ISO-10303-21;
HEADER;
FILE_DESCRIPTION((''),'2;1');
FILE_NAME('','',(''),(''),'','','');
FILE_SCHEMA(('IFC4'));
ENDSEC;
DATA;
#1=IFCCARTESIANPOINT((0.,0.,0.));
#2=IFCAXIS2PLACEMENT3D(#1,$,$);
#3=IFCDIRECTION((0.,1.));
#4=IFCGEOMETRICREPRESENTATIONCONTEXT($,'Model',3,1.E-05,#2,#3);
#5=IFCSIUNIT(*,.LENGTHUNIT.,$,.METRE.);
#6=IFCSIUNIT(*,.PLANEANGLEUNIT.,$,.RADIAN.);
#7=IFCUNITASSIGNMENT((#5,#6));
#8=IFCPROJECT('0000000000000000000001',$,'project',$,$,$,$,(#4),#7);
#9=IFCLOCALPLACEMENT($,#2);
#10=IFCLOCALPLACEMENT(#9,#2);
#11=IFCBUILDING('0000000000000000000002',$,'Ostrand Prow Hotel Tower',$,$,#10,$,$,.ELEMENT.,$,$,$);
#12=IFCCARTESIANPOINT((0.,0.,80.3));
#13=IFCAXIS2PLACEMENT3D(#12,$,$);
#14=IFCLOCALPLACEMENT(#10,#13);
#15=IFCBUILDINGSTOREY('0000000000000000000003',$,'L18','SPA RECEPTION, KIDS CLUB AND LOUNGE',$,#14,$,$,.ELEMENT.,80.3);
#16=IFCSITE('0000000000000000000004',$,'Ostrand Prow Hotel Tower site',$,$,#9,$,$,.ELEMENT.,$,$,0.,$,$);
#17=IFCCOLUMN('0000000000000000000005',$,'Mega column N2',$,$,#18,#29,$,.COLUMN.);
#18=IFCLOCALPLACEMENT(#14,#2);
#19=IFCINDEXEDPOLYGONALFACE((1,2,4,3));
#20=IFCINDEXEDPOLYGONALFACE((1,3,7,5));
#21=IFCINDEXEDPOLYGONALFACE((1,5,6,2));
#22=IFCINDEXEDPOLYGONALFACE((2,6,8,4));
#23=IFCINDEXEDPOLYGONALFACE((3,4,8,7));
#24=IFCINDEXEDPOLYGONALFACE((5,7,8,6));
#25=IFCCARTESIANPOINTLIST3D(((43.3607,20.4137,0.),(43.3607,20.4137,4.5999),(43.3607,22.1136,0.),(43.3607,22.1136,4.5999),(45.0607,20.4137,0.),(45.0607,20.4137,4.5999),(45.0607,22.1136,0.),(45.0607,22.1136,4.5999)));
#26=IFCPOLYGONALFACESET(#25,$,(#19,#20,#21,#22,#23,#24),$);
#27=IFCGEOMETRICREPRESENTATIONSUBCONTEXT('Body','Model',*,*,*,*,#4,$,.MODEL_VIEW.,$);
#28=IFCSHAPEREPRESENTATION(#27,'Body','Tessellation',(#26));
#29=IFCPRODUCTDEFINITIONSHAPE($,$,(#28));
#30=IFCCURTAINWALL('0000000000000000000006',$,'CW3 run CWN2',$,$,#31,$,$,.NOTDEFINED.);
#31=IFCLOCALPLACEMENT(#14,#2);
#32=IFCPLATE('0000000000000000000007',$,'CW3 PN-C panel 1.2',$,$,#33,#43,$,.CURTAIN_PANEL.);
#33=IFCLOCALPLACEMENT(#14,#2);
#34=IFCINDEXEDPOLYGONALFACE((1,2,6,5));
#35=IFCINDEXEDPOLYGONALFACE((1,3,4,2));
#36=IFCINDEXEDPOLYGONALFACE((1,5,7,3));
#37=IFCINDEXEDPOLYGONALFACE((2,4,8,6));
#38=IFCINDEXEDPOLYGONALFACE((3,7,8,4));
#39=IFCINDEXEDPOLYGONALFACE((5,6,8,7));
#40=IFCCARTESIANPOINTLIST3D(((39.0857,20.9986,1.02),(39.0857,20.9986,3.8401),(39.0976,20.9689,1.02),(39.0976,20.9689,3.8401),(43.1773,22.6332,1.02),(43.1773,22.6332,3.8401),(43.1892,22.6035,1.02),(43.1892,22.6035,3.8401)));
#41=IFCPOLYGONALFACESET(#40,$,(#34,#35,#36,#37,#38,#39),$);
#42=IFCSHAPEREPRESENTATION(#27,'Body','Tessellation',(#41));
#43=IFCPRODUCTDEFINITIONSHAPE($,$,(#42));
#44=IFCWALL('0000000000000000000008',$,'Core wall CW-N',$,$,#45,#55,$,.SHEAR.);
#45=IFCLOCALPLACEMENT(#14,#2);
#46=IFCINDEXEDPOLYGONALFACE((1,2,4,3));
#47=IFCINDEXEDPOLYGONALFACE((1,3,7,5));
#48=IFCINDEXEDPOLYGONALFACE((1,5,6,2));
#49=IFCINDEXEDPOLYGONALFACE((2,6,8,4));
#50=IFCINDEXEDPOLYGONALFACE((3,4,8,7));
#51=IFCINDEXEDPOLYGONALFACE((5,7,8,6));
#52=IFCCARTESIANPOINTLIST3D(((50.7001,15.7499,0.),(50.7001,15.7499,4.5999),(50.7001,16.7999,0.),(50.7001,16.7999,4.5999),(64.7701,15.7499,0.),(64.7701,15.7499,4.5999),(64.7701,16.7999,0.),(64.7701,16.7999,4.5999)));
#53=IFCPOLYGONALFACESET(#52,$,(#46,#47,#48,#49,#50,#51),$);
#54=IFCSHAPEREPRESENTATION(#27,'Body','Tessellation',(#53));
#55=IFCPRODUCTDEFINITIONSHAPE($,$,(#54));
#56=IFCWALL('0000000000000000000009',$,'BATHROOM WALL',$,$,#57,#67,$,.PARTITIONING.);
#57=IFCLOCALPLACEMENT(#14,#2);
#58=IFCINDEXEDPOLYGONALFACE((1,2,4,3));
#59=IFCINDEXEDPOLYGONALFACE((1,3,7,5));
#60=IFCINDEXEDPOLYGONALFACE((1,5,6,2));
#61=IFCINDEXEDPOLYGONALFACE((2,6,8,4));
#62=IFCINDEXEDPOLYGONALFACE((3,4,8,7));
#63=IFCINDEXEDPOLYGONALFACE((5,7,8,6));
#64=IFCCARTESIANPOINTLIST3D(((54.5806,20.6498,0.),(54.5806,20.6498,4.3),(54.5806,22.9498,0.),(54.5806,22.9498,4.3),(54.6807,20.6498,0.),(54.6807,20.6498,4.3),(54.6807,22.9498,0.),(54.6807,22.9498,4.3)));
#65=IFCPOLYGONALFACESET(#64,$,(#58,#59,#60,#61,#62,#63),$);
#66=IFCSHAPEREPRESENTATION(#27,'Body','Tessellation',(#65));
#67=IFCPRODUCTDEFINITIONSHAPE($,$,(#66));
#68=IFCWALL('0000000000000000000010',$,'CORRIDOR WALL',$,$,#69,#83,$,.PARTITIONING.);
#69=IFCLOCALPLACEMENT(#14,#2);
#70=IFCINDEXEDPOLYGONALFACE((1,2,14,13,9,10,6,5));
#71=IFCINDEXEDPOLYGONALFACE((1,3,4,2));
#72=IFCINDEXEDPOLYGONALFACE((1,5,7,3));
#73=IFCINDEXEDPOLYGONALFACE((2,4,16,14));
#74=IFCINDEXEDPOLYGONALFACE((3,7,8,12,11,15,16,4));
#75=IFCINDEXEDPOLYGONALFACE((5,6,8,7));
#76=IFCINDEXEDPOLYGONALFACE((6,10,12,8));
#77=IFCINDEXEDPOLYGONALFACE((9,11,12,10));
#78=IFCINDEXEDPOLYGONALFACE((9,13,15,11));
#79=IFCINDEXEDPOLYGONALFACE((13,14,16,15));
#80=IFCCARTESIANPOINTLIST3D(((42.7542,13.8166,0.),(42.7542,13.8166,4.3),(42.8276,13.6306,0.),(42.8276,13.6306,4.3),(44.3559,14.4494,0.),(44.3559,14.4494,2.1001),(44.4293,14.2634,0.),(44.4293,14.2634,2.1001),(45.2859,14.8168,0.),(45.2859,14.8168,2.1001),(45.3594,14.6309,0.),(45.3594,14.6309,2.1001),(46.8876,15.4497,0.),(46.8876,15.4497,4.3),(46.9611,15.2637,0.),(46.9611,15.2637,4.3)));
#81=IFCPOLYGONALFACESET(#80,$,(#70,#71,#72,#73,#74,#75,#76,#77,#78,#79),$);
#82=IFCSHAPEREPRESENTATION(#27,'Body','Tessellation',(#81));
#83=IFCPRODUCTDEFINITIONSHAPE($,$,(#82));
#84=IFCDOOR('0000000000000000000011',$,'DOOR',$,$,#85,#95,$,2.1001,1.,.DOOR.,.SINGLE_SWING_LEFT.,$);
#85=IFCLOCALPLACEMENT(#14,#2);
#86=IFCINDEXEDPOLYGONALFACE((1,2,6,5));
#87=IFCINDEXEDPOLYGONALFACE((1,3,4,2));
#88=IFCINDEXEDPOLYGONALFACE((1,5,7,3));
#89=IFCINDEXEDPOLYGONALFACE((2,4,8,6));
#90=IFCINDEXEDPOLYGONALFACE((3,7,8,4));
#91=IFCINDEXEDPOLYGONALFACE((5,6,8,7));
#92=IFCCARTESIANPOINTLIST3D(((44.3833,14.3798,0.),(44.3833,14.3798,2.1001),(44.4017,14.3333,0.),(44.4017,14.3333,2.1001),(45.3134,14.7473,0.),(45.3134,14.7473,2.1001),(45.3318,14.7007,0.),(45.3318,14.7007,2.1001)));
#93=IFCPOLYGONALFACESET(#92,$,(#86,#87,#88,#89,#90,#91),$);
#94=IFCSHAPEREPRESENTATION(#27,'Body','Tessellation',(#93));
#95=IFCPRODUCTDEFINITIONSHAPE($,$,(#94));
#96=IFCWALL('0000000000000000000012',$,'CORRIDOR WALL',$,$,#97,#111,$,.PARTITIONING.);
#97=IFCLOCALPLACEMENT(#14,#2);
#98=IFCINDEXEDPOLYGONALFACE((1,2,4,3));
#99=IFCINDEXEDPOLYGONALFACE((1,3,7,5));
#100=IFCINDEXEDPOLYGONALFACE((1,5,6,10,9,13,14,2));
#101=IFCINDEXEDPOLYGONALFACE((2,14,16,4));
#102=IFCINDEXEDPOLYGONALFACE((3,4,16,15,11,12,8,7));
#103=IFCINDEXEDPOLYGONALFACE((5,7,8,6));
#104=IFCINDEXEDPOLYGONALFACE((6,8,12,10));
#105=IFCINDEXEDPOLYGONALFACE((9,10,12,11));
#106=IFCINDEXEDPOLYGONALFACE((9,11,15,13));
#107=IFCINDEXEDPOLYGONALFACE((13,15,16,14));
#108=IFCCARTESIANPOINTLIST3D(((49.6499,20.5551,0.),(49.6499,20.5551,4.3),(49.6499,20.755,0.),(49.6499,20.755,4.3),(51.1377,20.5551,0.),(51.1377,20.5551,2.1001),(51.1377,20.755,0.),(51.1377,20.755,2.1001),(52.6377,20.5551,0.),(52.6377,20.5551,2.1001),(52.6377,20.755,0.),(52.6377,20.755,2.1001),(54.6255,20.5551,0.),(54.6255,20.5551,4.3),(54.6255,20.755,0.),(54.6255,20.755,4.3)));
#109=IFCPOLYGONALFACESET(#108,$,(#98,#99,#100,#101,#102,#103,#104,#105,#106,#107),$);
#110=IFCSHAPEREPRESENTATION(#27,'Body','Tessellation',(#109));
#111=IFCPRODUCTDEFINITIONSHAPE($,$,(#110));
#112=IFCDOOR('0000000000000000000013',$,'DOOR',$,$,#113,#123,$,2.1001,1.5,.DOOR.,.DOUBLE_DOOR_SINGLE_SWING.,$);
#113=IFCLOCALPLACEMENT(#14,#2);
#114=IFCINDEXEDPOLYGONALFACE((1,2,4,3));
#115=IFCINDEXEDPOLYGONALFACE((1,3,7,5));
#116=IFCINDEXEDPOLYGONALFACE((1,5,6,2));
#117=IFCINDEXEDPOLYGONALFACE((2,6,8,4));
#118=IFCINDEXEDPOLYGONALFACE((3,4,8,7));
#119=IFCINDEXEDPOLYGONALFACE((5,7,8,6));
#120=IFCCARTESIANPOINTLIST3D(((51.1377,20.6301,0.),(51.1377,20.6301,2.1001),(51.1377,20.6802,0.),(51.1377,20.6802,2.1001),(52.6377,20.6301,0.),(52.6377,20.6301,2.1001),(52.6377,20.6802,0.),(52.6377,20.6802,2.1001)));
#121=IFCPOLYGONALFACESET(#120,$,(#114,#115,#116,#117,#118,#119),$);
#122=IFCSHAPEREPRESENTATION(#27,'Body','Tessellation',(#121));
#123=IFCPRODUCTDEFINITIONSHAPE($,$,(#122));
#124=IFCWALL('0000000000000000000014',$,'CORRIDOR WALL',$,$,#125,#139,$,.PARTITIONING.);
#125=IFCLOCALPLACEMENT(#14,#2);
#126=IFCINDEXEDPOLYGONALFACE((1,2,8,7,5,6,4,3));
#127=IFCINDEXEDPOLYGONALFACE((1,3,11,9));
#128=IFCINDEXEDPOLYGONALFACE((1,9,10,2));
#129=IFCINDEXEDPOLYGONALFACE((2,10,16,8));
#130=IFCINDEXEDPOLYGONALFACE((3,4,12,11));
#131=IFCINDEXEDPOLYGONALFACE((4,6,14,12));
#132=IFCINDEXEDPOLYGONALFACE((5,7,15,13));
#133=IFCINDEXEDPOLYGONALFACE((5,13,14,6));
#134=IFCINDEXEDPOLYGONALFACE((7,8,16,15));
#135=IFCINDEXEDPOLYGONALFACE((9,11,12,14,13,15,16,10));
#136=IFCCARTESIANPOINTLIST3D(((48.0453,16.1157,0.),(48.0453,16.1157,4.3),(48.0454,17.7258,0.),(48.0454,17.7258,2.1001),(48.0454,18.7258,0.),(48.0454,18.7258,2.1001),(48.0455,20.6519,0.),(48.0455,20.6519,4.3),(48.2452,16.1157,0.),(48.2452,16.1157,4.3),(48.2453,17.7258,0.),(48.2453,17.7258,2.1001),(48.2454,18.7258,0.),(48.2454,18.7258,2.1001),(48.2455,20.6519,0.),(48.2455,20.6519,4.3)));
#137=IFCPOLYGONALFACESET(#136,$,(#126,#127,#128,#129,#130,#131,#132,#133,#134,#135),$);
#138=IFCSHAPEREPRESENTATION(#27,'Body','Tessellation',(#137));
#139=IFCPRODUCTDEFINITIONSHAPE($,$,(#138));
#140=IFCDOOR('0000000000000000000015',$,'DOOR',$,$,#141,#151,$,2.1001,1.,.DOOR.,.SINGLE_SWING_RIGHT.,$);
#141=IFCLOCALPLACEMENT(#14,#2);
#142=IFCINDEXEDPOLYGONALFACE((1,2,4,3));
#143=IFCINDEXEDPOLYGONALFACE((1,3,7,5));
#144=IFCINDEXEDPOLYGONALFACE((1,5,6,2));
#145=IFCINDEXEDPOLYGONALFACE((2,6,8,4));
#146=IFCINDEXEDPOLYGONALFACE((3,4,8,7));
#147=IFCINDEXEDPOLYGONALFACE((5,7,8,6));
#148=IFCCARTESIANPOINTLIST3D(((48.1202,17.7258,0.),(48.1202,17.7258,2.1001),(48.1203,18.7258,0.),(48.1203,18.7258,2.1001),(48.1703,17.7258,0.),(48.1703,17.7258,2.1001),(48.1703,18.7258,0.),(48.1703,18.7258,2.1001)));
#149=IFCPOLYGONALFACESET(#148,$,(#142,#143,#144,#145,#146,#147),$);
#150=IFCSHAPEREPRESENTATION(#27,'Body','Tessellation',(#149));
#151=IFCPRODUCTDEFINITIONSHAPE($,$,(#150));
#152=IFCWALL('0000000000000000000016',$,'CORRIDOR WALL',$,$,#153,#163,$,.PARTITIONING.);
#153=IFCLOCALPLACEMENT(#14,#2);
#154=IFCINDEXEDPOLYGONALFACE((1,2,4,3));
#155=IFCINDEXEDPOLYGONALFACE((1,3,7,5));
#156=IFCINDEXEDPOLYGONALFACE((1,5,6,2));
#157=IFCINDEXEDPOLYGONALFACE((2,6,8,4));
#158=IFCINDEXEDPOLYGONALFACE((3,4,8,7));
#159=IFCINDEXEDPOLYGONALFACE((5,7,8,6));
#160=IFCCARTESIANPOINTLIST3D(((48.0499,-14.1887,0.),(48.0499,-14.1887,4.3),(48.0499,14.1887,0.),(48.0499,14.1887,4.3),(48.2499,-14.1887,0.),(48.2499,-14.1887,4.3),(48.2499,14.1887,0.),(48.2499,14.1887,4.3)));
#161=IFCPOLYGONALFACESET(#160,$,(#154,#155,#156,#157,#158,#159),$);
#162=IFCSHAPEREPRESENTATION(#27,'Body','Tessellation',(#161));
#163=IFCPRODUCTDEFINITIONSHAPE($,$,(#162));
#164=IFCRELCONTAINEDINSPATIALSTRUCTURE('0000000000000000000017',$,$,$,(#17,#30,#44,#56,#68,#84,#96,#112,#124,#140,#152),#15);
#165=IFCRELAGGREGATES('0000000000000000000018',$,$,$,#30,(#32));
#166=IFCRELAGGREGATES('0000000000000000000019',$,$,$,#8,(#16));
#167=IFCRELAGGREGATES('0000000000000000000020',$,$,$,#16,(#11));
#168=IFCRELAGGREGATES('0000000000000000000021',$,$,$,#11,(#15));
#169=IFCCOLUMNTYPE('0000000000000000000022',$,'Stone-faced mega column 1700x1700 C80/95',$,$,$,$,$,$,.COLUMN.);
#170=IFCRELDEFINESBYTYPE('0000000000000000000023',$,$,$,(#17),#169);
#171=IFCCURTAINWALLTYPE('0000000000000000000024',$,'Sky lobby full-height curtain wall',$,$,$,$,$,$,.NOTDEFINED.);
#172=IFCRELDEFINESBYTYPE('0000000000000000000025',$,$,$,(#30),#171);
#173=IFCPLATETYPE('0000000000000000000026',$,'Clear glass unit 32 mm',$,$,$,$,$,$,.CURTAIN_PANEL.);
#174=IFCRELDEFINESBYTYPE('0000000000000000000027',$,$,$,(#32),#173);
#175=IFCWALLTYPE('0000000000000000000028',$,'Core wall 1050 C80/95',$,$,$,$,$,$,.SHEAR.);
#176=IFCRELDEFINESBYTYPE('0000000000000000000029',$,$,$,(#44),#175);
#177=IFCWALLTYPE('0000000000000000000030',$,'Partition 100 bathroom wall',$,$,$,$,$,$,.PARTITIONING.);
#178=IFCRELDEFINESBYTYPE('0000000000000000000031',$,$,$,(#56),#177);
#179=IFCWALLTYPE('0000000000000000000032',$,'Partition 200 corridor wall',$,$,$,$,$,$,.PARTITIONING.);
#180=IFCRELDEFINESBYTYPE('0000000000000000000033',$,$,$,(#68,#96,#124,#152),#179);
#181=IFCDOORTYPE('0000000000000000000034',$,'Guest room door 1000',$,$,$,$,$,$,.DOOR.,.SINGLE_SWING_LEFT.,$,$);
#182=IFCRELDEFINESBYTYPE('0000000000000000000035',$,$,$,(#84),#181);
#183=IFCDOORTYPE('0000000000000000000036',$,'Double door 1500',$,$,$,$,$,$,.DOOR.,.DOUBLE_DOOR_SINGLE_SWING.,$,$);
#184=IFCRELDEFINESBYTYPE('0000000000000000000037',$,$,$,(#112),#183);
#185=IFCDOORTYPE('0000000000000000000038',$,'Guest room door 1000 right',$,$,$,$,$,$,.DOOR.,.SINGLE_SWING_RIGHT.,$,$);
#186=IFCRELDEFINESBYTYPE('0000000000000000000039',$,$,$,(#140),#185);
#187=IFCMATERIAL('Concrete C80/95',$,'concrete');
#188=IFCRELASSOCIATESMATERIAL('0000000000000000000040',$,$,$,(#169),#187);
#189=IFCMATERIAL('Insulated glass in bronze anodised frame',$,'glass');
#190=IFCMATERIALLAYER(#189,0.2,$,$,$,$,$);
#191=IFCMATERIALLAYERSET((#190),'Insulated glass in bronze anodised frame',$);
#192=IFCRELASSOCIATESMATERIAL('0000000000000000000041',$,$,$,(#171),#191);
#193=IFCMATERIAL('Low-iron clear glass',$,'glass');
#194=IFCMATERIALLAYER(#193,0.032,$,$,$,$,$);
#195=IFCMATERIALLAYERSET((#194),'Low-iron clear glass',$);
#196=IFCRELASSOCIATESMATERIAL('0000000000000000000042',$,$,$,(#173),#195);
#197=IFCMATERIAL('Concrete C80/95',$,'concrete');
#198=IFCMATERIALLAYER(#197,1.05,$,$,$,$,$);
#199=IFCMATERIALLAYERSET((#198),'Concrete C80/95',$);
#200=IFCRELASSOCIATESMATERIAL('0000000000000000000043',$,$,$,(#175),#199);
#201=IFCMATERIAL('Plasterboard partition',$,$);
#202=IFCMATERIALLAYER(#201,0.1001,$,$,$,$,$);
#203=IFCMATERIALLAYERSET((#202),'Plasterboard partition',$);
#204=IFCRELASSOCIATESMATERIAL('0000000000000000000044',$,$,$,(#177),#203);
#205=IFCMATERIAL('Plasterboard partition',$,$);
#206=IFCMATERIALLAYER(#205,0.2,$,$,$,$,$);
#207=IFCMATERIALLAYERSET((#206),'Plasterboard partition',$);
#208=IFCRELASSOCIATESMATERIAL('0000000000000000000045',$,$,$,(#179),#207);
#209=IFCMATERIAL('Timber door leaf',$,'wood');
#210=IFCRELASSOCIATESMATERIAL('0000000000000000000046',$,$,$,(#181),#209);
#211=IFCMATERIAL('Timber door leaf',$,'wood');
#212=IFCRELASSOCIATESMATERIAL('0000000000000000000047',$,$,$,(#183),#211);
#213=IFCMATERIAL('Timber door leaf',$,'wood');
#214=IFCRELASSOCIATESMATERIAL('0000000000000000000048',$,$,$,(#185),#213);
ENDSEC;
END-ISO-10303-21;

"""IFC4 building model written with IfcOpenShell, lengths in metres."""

from ifc_helpers import new_model, si_unit, direction, frame, frame_2d, origin, origin_2d, place, context, subcontext, project, spatial, rectangle, extrude, material, layer, layer_set, material_profile, profile_set, type_object, element, fill, aggregate, save


model = new_model("IFC4")

# Units and contexts
model_context = context("Model", 3, precision=1e-05, world=origin(), true_north=direction((0.0, 1.0)))
body_context = subcontext(model_context, "Body", "Model", "MODEL_VIEW")
ifc_project = project(units=[si_unit("LENGTHUNIT", "METRE"), si_unit("PLANEANGLEUNIT", "RADIAN")], contexts=[model_context])

# Site, building, storey
site_placement = place(None, origin())
site = spatial("IfcSite", under=ifc_project, at=site_placement, Name="Ostrand Prow Hotel Tower site", CompositionType="ELEMENT", RefElevation=0.0)
building_placement = place(site_placement, origin())
building = spatial("IfcBuilding", under=site, at=building_placement, Name="Ostrand Prow Hotel Tower", CompositionType="ELEMENT")
storey_placement = place(building_placement, frame((0.0, 0.0, 80.3)))
storey = spatial("IfcBuildingStorey", under=building, at=storey_placement, Name="L18", Description="SPA RECEPTION, KIDS CLUB AND LOUNGE", CompositionType="ELEMENT", Elevation=80.3)

# Column
ifc_material_1 = material(Name="Concrete C80/95", Category="concrete")
ifc_material_profile = material_profile(ifc_material_1, rectangle(XDim=1.7, YDim=1.7, at=origin_2d()), Name="RC 1700x1700")
ifc_profile_set = profile_set([ifc_material_profile], Name="Concrete C80/95")
column_type = type_object("IfcColumnType", Name="Stone-faced mega column 1700x1700 C80/95", PredefinedType="COLUMN", material=ifc_profile_set)
column_placement = place(storey_placement, frame((44.2107, 21.2637, 0.0), z_axis=(0.0, 0.0, 1.0), x_axis=(1.0, 0.0, 0.0)))
element("IfcColumn", 1, at=column_placement, inside=storey, type_object=column_type, Name="Mega column N2", PredefinedType="COLUMN", context=body_context, shape_type="SweptSolid", body=[
    extrude(rectangle(XDim=1.7, YDim=1.7, at=origin_2d()), origin(), (0.0, 0.0, 1.0), 4.5999),
])

# Curtain wall, plate
ifc_material_2 = material(Name="Insulated glass in bronze anodised frame", Category="glass")
ifc_layer_1 = layer(ifc_material_2, 0.2)
ifc_layer_set_1 = layer_set([ifc_layer_1], Name="Insulated glass in bronze anodised frame")
curtain_wall_type = type_object("IfcCurtainWallType", Name="Sky lobby full-height curtain wall", PredefinedType="NOTDEFINED", material=ifc_layer_set_1)
curtain_wall_placement = place(storey_placement, origin())
curtain_wall = element("IfcCurtainWall", 2, at=curtain_wall_placement, inside=storey, type_object=curtain_wall_type, Name="CW3 run CWN2", PredefinedType="NOTDEFINED")
ifc_material_3 = material(Name="Low-iron clear glass", Category="glass")
ifc_layer_2 = layer(ifc_material_3, 0.032)
ifc_layer_set_2 = layer_set([ifc_layer_2], Name="Low-iron clear glass")
plate_type = type_object("IfcPlateType", Name="Clear glass unit 32 mm", PredefinedType="CURTAIN_PANEL", material=ifc_layer_set_2)
plate_placement = place(storey_placement, frame((41.1375, 21.801, 1.02), z_axis=(0.0, 0.0, 1.0), x_axis=(-0.92864, -0.370982, 0.0)))
plate = element("IfcPlate", 3, at=plate_placement, type_object=plate_type, Name="CW3 PN-C panel 1.2", PredefinedType="CURTAIN_PANEL", context=body_context, shape_type="SweptSolid", body=[
    extrude(rectangle(XDim=4.406, YDim=0.032, at=origin_2d()), origin(), (0.0, 0.0, 1.0), 2.8201),
])
aggregate(curtain_wall, [plate])

# Walls
ifc_material_4 = material(Name="Concrete C80/95", Category="concrete")
ifc_layer_3 = layer(ifc_material_4, 1.05)
ifc_layer_set_3 = layer_set([ifc_layer_3], Name="Concrete C80/95")
wall_type_1 = type_object("IfcWallType", Name="Core wall 1050 C80/95", PredefinedType="SHEAR", material=ifc_layer_set_3)
wall_1_placement = place(storey_placement, frame((50.7, 16.2749, 0.0), z_axis=(0.0, 0.0, 1.0), x_axis=(1.0, 0.0, 0.0)))
element("IfcWall", 4, at=wall_1_placement, inside=storey, type_object=wall_type_1, Name="Core wall CW-N", PredefinedType="SHEAR", context=body_context, shape_type="SweptSolid", body=[
    extrude(rectangle(XDim=14.0701, YDim=1.05, at=frame_2d((7.0352, 0.0))), origin(), (0.0, 0.0, 1.0), 4.5999),
])
ifc_material_5 = material(Name="Plasterboard partition")
ifc_layer_4 = layer(ifc_material_5, 0.1001)
ifc_layer_set_4 = layer_set([ifc_layer_4], Name="Plasterboard partition")
wall_type_2 = type_object("IfcWallType", Name="Partition 100 bathroom wall", PredefinedType="PARTITIONING", material=ifc_layer_set_4)
wall_2_placement = place(storey_placement, frame((54.6306, 20.6499, 0.0), z_axis=(0.0, 0.0, 1.0), x_axis=(0.0, 1.0, 0.0)))
element("IfcWall", 5, at=wall_2_placement, inside=storey, type_object=wall_type_2, Name="BATHROOM WALL", PredefinedType="PARTITIONING", context=body_context, shape_type="SweptSolid", body=[
    extrude(rectangle(XDim=2.3, YDim=0.1001, at=frame_2d((1.1499, 0.0))), origin(), (0.0, 0.0, 1.0), 4.3),
])

# Walls, openings, doors
ifc_material_6 = material(Name="Plasterboard partition")
ifc_layer_5 = layer(ifc_material_6, 0.2)
ifc_layer_set_5 = layer_set([ifc_layer_5], Name="Plasterboard partition")
wall_type_3 = type_object("IfcWallType", Name="Partition 200 corridor wall", PredefinedType="PARTITIONING", material=ifc_layer_set_5)
wall_3_placement = place(storey_placement, frame((46.9243, 15.3567, 0.0), z_axis=(0.0, 0.0, 1.0), x_axis=(-0.930041, -0.367457, 0.0)))
wall_3 = element("IfcWall", 6, at=wall_3_placement, inside=storey, type_object=wall_type_3, Name="CORRIDOR WALL", PredefinedType="PARTITIONING", context=body_context, shape_type="SweptSolid", body=[
    extrude(rectangle(XDim=4.4443, YDim=0.2, at=frame_2d((2.2222, 0.0))), origin(), (0.0, 0.0, 1.0), 4.3),
])
opening_1_placement = place(wall_3_placement, frame((1.7222, 0.0, 0.0)))
opening_1 = element("IfcOpeningElement", 7, at=opening_1_placement, cuts=wall_3, PredefinedType="OPENING", context=body_context, shape_type="SweptSolid", body=[
    extrude(rectangle(XDim=1.0, YDim=2.1001, at=frame_2d((0.5, 1.05))), frame((0.0, 0.1099, 0.0), z_axis=(0.0, -1.0, 0.0), x_axis=(1.0, 0.0, 0.0)), (0.0, 0.0, 1.0), 0.22),
])
ifc_material_7 = material(Name="Timber door leaf", Category="wood")
door_type_1 = type_object("IfcDoorType", Name="Guest room door 1000", OperationType="SINGLE_SWING_LEFT", PredefinedType="DOOR", material=ifc_material_7)
door_1_placement = place(opening_1_placement, origin())
door_1 = element("IfcDoor", 8, at=door_1_placement, inside=storey, type_object=door_type_1, Name="DOOR", OperationType="SINGLE_SWING_LEFT", OverallHeight=2.1001, OverallWidth=1.0, PredefinedType="DOOR", context=body_context, shape_type="SweptSolid", body=[
    extrude(rectangle(XDim=1.0, YDim=2.1001, at=frame_2d((0.5, 1.05))), frame((0.0, 0.0249, 0.0), z_axis=(0.0, -1.0, 0.0), x_axis=(1.0, 0.0, 0.0)), (0.0, 0.0, 1.0), 0.05),
])
fill(opening_1, door_1)
wall_4_placement = place(storey_placement, frame((54.6255, 20.655, 0.0), z_axis=(0.0, 0.0, 1.0), x_axis=(-1.0, 0.0, 0.0)))
wall_4 = element("IfcWall", 9, at=wall_4_placement, inside=storey, type_object=wall_type_3, Name="CORRIDOR WALL", PredefinedType="PARTITIONING", context=body_context, shape_type="SweptSolid", body=[
    extrude(rectangle(XDim=4.9756, YDim=0.2, at=frame_2d((2.4878, 0.0))), origin(), (0.0, 0.0, 1.0), 4.3),
])
opening_2_placement = place(wall_4_placement, frame((1.9878, 0.0, 0.0)))
opening_2 = element("IfcOpeningElement", 10, at=opening_2_placement, cuts=wall_4, PredefinedType="OPENING", context=body_context, shape_type="SweptSolid", body=[
    extrude(rectangle(XDim=1.5, YDim=2.1001, at=frame_2d((0.75, 1.05))), frame((0.0, 0.1099, 0.0), z_axis=(0.0, -1.0, 0.0), x_axis=(1.0, 0.0, 0.0)), (0.0, 0.0, 1.0), 0.22),
])
ifc_material_8 = material(Name="Timber door leaf", Category="wood")
door_type_2 = type_object("IfcDoorType", Name="Double door 1500", OperationType="DOUBLE_DOOR_SINGLE_SWING", PredefinedType="DOOR", material=ifc_material_8)
door_2_placement = place(opening_2_placement, origin())
door_2 = element("IfcDoor", 11, at=door_2_placement, inside=storey, type_object=door_type_2, Name="DOOR", OperationType="DOUBLE_DOOR_SINGLE_SWING", OverallHeight=2.1001, OverallWidth=1.5, PredefinedType="DOOR", context=body_context, shape_type="SweptSolid", body=[
    extrude(rectangle(XDim=1.5, YDim=2.1001, at=frame_2d((0.75, 1.05))), frame((0.0, 0.0249, 0.0), z_axis=(0.0, -1.0, 0.0), x_axis=(1.0, 0.0, 0.0)), (0.0, 0.0, 1.0), 0.05),
])
fill(opening_2, door_2)
wall_5_placement = place(storey_placement, frame((48.1455, 20.6519, 0.0), z_axis=(0.0, 0.0, 1.0), x_axis=(-0.000054, -1.0, 0.0)))
wall_5 = element("IfcWall", 12, at=wall_5_placement, inside=storey, type_object=wall_type_3, Name="CORRIDOR WALL", PredefinedType="PARTITIONING", context=body_context, shape_type="SweptSolid", body=[
    extrude(rectangle(XDim=4.5361, YDim=0.2, at=frame_2d((2.2681, 0.0))), origin(), (0.0, 0.0, 1.0), 4.3),
])
opening_3_placement = place(wall_5_placement, frame((1.926, 0.0, 0.0)))
opening_3 = element("IfcOpeningElement", 13, at=opening_3_placement, cuts=wall_5, PredefinedType="OPENING", context=body_context, shape_type="SweptSolid", body=[
    extrude(rectangle(XDim=1.0, YDim=2.1001, at=frame_2d((0.5, 1.05))), frame((0.0, 0.1099, 0.0), z_axis=(0.0, -1.0, 0.0), x_axis=(1.0, 0.0, 0.0)), (0.0, 0.0, 1.0), 0.22),
])
ifc_material_9 = material(Name="Timber door leaf", Category="wood")
door_type_3 = type_object("IfcDoorType", Name="Guest room door 1000 right", OperationType="SINGLE_SWING_RIGHT", PredefinedType="DOOR", material=ifc_material_9)
door_3_placement = place(opening_3_placement, origin())
door_3 = element("IfcDoor", 14, at=door_3_placement, inside=storey, type_object=door_type_3, Name="DOOR", OperationType="SINGLE_SWING_RIGHT", OverallHeight=2.1001, OverallWidth=1.0, PredefinedType="DOOR", context=body_context, shape_type="SweptSolid", body=[
    extrude(rectangle(XDim=1.0, YDim=2.1001, at=frame_2d((0.5, 1.05))), frame((0.0, 0.0249, 0.0), z_axis=(0.0, -1.0, 0.0), x_axis=(1.0, 0.0, 0.0)), (0.0, 0.0, 1.0), 0.05),
])
fill(opening_3, door_3)

# Wall
wall_6_placement = place(storey_placement, frame((48.1499, 14.1887, 0.0), z_axis=(0.0, 0.0, 1.0), x_axis=(0.0, -1.0, 0.0)))
element("IfcWall", 15, at=wall_6_placement, inside=storey, type_object=wall_type_3, Name="CORRIDOR WALL", PredefinedType="PARTITIONING", context=body_context, shape_type="SweptSolid", body=[
    extrude(rectangle(XDim=28.3774, YDim=0.2, at=frame_2d((14.1887, 0.0))), origin(), (0.0, 0.0, 1.0), 4.3),
])

save(model, "model.ifc")
